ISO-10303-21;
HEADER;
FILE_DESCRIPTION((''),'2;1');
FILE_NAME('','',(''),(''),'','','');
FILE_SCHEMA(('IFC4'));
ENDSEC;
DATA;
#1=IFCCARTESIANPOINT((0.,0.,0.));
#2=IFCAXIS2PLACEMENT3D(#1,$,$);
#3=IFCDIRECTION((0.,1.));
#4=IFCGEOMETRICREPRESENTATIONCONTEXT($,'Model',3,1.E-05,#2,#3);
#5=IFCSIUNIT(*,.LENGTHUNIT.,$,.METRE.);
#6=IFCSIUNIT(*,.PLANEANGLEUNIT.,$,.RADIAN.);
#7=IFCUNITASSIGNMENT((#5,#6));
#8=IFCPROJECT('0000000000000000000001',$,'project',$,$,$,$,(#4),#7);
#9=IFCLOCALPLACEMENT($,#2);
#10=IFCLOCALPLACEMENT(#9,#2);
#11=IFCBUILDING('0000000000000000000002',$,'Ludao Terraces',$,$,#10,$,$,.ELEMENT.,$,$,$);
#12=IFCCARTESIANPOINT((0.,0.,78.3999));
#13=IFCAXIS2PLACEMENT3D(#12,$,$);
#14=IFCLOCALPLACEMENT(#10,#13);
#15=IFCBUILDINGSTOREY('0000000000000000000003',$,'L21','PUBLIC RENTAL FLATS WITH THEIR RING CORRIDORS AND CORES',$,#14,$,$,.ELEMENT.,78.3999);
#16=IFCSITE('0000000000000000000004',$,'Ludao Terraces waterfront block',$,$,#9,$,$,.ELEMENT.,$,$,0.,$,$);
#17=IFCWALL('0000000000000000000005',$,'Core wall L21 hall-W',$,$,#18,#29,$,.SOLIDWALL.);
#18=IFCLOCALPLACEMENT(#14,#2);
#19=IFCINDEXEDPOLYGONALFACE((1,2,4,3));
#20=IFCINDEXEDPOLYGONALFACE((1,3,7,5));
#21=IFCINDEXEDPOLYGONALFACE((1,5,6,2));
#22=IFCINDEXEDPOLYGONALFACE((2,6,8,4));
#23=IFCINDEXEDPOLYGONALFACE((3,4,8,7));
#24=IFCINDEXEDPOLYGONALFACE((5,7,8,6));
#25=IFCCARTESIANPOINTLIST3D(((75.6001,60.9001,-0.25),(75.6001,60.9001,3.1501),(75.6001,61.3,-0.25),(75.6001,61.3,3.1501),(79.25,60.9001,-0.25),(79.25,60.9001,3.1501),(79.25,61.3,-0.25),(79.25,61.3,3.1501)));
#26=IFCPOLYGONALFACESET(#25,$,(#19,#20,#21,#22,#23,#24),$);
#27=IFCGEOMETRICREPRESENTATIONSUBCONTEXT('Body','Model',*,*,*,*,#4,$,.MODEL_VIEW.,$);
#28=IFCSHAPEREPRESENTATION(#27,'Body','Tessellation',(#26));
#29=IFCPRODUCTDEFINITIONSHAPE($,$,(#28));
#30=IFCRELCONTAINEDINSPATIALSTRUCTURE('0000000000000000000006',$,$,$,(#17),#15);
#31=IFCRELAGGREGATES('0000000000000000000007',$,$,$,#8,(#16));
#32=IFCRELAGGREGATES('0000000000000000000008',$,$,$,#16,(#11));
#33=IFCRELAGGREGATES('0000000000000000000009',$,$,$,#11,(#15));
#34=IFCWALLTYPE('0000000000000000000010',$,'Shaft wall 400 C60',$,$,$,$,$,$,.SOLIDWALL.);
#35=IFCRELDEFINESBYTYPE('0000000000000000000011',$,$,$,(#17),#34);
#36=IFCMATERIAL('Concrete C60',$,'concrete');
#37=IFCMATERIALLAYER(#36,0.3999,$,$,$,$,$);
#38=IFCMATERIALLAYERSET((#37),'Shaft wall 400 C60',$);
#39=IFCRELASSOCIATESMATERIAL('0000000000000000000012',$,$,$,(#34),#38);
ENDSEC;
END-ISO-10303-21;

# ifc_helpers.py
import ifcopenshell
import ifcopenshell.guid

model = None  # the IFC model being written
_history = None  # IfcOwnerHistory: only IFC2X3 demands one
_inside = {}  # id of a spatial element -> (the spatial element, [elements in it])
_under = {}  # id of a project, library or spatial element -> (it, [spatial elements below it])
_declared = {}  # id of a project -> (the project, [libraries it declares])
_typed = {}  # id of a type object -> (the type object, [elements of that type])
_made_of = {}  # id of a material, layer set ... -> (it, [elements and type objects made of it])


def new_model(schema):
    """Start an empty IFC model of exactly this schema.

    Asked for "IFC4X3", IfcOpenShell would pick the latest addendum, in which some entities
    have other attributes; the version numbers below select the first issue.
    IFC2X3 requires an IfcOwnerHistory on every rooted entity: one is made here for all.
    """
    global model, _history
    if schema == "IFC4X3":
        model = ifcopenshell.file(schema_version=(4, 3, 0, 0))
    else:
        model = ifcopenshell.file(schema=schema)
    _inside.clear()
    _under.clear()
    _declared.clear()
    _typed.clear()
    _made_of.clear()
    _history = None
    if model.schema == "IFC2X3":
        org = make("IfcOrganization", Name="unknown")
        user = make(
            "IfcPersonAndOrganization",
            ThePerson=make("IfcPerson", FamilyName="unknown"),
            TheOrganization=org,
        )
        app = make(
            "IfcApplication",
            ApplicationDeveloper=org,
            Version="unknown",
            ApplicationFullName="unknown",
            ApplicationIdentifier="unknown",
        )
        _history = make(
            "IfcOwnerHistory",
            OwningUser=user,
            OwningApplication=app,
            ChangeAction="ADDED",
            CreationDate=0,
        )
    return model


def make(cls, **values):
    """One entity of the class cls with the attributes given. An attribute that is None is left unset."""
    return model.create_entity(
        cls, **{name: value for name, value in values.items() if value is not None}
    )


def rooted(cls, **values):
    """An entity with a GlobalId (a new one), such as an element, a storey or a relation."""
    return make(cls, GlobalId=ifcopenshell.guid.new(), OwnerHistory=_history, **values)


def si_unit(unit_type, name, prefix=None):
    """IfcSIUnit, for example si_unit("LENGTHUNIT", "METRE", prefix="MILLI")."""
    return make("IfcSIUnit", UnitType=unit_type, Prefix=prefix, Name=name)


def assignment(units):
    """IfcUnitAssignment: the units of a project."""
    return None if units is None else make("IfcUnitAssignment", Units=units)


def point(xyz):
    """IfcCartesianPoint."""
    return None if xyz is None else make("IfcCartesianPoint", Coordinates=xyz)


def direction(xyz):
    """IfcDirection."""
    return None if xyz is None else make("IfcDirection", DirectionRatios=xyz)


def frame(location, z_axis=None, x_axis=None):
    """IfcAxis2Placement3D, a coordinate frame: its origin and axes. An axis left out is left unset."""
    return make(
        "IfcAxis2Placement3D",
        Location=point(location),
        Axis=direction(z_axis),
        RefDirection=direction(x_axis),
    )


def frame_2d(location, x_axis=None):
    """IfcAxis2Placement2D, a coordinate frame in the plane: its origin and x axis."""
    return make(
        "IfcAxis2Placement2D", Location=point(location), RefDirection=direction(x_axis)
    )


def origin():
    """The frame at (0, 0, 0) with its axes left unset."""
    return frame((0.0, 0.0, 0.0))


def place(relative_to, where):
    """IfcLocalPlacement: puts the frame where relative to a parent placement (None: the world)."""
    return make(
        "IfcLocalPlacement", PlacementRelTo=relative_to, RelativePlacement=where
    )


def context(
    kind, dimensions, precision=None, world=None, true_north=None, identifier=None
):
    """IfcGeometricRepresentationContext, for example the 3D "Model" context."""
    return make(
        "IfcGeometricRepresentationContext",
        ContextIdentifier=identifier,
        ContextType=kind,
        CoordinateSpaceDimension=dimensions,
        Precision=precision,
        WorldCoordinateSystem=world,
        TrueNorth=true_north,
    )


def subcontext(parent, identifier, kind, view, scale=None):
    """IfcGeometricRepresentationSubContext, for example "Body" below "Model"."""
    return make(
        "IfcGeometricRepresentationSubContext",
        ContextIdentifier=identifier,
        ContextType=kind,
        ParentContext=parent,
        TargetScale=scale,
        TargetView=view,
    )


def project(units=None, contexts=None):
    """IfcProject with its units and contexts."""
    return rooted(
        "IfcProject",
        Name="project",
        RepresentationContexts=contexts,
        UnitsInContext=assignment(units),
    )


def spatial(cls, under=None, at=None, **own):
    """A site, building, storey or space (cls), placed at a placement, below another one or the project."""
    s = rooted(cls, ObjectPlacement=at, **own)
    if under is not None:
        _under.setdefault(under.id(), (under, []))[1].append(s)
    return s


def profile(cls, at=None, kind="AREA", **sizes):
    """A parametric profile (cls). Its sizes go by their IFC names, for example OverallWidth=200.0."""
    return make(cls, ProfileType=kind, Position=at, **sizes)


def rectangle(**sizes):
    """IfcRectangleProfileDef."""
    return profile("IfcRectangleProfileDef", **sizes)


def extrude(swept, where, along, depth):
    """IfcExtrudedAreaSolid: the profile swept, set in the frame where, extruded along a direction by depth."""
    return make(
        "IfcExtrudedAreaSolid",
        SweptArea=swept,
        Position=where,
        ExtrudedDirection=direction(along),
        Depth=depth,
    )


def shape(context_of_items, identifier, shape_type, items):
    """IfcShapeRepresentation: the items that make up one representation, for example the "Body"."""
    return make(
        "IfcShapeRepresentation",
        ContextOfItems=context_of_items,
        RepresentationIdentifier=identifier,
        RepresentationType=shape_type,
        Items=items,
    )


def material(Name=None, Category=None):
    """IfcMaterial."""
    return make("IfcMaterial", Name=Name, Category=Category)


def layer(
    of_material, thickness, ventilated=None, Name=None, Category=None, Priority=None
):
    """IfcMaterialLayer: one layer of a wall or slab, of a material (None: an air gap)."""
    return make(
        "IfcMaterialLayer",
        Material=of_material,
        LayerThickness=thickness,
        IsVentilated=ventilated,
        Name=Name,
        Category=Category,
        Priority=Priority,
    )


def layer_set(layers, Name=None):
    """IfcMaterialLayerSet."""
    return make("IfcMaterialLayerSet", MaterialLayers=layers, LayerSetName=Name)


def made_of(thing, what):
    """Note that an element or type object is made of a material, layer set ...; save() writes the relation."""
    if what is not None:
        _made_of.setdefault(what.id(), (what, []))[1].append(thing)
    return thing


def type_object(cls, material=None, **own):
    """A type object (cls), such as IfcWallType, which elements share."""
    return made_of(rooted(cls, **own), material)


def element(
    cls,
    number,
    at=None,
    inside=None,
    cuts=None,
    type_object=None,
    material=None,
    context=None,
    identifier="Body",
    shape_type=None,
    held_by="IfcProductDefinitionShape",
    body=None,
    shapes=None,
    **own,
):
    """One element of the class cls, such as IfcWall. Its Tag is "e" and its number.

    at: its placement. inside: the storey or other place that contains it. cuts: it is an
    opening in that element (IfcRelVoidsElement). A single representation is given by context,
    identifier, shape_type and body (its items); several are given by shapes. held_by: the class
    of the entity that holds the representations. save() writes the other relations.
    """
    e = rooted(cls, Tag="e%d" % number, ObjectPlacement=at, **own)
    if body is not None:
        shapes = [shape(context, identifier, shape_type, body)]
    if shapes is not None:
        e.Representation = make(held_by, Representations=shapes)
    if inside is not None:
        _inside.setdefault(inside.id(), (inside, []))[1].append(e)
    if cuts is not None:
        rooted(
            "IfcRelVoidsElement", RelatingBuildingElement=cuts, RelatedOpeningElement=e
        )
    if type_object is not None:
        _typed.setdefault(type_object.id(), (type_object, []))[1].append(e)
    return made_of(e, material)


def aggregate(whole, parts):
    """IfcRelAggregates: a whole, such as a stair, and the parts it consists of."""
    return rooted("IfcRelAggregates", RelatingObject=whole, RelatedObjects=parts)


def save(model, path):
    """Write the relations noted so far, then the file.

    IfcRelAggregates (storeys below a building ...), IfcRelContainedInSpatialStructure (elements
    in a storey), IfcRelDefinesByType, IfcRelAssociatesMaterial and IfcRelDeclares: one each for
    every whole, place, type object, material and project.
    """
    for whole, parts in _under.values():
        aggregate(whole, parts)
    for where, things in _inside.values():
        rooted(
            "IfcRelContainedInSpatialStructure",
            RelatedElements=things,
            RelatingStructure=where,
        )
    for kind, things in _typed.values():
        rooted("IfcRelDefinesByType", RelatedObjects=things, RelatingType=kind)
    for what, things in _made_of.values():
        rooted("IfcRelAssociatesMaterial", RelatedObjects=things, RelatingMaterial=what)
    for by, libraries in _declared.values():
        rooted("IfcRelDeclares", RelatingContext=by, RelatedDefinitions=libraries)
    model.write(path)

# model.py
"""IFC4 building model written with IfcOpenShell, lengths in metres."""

from ifc_helpers import new_model, si_unit, direction, frame, frame_2d, origin, place, context, subcontext, project, spatial, rectangle, extrude, material, layer, layer_set, type_object, element, save


model = new_model("IFC4")

# Units and contexts
model_context = context("Model", 3, precision=1e-05, world=origin(), true_north=direction((0.0, 1.0)))
body_context = subcontext(model_context, "Body", "Model", "MODEL_VIEW")
ifc_project = project(units=[si_unit("LENGTHUNIT", "METRE"), si_unit("PLANEANGLEUNIT", "RADIAN")], contexts=[model_context])

# Site, building, storey
site_placement = place(None, origin())
site = spatial("IfcSite", under=ifc_project, at=site_placement, Name="Ludao Terraces waterfront block", CompositionType="ELEMENT", RefElevation=0.0)
building_placement = place(site_placement, origin())
building = spatial("IfcBuilding", under=site, at=building_placement, Name="Ludao Terraces", CompositionType="ELEMENT")
storey_placement = place(building_placement, frame((0.0, 0.0, 78.3999)))
storey = spatial("IfcBuildingStorey", under=building, at=storey_placement, Name="L21", Description="PUBLIC RENTAL FLATS WITH THEIR RING CORRIDORS AND CORES", CompositionType="ELEMENT", Elevation=78.3999)

# Shared definitions
ifc_material_1 = material(Name="Concrete C60", Category="concrete")
ifc_layer_1 = layer(ifc_material_1, 0.3999)
ifc_layer_set_1 = layer_set([ifc_layer_1], Name="Shaft wall 400 C60")
wall_type_1 = type_object("IfcWallType", Name="Shaft wall 400 C60", PredefinedType="SOLIDWALL", material=ifc_layer_set_1)

# Wall
wall_1_placement = place(storey_placement, frame((75.6001, 61.1001, -0.25), z_axis=(0.0, 0.0, 1.0), x_axis=(1.0, 0.0, 0.0)))
element("IfcWall", 1, at=wall_1_placement, inside=storey, type_object=wall_type_1, Name="Core wall L21 hall-W", PredefinedType="SOLIDWALL", context=body_context, shape_type="SweptSolid", body=[
    extrude(rectangle(XDim=3.6499, YDim=0.3999, at=frame_2d((1.825, 0.0))), origin(), (0.0, 0.0, 1.0), 3.4001),
])

save(model, "model.ifc")
